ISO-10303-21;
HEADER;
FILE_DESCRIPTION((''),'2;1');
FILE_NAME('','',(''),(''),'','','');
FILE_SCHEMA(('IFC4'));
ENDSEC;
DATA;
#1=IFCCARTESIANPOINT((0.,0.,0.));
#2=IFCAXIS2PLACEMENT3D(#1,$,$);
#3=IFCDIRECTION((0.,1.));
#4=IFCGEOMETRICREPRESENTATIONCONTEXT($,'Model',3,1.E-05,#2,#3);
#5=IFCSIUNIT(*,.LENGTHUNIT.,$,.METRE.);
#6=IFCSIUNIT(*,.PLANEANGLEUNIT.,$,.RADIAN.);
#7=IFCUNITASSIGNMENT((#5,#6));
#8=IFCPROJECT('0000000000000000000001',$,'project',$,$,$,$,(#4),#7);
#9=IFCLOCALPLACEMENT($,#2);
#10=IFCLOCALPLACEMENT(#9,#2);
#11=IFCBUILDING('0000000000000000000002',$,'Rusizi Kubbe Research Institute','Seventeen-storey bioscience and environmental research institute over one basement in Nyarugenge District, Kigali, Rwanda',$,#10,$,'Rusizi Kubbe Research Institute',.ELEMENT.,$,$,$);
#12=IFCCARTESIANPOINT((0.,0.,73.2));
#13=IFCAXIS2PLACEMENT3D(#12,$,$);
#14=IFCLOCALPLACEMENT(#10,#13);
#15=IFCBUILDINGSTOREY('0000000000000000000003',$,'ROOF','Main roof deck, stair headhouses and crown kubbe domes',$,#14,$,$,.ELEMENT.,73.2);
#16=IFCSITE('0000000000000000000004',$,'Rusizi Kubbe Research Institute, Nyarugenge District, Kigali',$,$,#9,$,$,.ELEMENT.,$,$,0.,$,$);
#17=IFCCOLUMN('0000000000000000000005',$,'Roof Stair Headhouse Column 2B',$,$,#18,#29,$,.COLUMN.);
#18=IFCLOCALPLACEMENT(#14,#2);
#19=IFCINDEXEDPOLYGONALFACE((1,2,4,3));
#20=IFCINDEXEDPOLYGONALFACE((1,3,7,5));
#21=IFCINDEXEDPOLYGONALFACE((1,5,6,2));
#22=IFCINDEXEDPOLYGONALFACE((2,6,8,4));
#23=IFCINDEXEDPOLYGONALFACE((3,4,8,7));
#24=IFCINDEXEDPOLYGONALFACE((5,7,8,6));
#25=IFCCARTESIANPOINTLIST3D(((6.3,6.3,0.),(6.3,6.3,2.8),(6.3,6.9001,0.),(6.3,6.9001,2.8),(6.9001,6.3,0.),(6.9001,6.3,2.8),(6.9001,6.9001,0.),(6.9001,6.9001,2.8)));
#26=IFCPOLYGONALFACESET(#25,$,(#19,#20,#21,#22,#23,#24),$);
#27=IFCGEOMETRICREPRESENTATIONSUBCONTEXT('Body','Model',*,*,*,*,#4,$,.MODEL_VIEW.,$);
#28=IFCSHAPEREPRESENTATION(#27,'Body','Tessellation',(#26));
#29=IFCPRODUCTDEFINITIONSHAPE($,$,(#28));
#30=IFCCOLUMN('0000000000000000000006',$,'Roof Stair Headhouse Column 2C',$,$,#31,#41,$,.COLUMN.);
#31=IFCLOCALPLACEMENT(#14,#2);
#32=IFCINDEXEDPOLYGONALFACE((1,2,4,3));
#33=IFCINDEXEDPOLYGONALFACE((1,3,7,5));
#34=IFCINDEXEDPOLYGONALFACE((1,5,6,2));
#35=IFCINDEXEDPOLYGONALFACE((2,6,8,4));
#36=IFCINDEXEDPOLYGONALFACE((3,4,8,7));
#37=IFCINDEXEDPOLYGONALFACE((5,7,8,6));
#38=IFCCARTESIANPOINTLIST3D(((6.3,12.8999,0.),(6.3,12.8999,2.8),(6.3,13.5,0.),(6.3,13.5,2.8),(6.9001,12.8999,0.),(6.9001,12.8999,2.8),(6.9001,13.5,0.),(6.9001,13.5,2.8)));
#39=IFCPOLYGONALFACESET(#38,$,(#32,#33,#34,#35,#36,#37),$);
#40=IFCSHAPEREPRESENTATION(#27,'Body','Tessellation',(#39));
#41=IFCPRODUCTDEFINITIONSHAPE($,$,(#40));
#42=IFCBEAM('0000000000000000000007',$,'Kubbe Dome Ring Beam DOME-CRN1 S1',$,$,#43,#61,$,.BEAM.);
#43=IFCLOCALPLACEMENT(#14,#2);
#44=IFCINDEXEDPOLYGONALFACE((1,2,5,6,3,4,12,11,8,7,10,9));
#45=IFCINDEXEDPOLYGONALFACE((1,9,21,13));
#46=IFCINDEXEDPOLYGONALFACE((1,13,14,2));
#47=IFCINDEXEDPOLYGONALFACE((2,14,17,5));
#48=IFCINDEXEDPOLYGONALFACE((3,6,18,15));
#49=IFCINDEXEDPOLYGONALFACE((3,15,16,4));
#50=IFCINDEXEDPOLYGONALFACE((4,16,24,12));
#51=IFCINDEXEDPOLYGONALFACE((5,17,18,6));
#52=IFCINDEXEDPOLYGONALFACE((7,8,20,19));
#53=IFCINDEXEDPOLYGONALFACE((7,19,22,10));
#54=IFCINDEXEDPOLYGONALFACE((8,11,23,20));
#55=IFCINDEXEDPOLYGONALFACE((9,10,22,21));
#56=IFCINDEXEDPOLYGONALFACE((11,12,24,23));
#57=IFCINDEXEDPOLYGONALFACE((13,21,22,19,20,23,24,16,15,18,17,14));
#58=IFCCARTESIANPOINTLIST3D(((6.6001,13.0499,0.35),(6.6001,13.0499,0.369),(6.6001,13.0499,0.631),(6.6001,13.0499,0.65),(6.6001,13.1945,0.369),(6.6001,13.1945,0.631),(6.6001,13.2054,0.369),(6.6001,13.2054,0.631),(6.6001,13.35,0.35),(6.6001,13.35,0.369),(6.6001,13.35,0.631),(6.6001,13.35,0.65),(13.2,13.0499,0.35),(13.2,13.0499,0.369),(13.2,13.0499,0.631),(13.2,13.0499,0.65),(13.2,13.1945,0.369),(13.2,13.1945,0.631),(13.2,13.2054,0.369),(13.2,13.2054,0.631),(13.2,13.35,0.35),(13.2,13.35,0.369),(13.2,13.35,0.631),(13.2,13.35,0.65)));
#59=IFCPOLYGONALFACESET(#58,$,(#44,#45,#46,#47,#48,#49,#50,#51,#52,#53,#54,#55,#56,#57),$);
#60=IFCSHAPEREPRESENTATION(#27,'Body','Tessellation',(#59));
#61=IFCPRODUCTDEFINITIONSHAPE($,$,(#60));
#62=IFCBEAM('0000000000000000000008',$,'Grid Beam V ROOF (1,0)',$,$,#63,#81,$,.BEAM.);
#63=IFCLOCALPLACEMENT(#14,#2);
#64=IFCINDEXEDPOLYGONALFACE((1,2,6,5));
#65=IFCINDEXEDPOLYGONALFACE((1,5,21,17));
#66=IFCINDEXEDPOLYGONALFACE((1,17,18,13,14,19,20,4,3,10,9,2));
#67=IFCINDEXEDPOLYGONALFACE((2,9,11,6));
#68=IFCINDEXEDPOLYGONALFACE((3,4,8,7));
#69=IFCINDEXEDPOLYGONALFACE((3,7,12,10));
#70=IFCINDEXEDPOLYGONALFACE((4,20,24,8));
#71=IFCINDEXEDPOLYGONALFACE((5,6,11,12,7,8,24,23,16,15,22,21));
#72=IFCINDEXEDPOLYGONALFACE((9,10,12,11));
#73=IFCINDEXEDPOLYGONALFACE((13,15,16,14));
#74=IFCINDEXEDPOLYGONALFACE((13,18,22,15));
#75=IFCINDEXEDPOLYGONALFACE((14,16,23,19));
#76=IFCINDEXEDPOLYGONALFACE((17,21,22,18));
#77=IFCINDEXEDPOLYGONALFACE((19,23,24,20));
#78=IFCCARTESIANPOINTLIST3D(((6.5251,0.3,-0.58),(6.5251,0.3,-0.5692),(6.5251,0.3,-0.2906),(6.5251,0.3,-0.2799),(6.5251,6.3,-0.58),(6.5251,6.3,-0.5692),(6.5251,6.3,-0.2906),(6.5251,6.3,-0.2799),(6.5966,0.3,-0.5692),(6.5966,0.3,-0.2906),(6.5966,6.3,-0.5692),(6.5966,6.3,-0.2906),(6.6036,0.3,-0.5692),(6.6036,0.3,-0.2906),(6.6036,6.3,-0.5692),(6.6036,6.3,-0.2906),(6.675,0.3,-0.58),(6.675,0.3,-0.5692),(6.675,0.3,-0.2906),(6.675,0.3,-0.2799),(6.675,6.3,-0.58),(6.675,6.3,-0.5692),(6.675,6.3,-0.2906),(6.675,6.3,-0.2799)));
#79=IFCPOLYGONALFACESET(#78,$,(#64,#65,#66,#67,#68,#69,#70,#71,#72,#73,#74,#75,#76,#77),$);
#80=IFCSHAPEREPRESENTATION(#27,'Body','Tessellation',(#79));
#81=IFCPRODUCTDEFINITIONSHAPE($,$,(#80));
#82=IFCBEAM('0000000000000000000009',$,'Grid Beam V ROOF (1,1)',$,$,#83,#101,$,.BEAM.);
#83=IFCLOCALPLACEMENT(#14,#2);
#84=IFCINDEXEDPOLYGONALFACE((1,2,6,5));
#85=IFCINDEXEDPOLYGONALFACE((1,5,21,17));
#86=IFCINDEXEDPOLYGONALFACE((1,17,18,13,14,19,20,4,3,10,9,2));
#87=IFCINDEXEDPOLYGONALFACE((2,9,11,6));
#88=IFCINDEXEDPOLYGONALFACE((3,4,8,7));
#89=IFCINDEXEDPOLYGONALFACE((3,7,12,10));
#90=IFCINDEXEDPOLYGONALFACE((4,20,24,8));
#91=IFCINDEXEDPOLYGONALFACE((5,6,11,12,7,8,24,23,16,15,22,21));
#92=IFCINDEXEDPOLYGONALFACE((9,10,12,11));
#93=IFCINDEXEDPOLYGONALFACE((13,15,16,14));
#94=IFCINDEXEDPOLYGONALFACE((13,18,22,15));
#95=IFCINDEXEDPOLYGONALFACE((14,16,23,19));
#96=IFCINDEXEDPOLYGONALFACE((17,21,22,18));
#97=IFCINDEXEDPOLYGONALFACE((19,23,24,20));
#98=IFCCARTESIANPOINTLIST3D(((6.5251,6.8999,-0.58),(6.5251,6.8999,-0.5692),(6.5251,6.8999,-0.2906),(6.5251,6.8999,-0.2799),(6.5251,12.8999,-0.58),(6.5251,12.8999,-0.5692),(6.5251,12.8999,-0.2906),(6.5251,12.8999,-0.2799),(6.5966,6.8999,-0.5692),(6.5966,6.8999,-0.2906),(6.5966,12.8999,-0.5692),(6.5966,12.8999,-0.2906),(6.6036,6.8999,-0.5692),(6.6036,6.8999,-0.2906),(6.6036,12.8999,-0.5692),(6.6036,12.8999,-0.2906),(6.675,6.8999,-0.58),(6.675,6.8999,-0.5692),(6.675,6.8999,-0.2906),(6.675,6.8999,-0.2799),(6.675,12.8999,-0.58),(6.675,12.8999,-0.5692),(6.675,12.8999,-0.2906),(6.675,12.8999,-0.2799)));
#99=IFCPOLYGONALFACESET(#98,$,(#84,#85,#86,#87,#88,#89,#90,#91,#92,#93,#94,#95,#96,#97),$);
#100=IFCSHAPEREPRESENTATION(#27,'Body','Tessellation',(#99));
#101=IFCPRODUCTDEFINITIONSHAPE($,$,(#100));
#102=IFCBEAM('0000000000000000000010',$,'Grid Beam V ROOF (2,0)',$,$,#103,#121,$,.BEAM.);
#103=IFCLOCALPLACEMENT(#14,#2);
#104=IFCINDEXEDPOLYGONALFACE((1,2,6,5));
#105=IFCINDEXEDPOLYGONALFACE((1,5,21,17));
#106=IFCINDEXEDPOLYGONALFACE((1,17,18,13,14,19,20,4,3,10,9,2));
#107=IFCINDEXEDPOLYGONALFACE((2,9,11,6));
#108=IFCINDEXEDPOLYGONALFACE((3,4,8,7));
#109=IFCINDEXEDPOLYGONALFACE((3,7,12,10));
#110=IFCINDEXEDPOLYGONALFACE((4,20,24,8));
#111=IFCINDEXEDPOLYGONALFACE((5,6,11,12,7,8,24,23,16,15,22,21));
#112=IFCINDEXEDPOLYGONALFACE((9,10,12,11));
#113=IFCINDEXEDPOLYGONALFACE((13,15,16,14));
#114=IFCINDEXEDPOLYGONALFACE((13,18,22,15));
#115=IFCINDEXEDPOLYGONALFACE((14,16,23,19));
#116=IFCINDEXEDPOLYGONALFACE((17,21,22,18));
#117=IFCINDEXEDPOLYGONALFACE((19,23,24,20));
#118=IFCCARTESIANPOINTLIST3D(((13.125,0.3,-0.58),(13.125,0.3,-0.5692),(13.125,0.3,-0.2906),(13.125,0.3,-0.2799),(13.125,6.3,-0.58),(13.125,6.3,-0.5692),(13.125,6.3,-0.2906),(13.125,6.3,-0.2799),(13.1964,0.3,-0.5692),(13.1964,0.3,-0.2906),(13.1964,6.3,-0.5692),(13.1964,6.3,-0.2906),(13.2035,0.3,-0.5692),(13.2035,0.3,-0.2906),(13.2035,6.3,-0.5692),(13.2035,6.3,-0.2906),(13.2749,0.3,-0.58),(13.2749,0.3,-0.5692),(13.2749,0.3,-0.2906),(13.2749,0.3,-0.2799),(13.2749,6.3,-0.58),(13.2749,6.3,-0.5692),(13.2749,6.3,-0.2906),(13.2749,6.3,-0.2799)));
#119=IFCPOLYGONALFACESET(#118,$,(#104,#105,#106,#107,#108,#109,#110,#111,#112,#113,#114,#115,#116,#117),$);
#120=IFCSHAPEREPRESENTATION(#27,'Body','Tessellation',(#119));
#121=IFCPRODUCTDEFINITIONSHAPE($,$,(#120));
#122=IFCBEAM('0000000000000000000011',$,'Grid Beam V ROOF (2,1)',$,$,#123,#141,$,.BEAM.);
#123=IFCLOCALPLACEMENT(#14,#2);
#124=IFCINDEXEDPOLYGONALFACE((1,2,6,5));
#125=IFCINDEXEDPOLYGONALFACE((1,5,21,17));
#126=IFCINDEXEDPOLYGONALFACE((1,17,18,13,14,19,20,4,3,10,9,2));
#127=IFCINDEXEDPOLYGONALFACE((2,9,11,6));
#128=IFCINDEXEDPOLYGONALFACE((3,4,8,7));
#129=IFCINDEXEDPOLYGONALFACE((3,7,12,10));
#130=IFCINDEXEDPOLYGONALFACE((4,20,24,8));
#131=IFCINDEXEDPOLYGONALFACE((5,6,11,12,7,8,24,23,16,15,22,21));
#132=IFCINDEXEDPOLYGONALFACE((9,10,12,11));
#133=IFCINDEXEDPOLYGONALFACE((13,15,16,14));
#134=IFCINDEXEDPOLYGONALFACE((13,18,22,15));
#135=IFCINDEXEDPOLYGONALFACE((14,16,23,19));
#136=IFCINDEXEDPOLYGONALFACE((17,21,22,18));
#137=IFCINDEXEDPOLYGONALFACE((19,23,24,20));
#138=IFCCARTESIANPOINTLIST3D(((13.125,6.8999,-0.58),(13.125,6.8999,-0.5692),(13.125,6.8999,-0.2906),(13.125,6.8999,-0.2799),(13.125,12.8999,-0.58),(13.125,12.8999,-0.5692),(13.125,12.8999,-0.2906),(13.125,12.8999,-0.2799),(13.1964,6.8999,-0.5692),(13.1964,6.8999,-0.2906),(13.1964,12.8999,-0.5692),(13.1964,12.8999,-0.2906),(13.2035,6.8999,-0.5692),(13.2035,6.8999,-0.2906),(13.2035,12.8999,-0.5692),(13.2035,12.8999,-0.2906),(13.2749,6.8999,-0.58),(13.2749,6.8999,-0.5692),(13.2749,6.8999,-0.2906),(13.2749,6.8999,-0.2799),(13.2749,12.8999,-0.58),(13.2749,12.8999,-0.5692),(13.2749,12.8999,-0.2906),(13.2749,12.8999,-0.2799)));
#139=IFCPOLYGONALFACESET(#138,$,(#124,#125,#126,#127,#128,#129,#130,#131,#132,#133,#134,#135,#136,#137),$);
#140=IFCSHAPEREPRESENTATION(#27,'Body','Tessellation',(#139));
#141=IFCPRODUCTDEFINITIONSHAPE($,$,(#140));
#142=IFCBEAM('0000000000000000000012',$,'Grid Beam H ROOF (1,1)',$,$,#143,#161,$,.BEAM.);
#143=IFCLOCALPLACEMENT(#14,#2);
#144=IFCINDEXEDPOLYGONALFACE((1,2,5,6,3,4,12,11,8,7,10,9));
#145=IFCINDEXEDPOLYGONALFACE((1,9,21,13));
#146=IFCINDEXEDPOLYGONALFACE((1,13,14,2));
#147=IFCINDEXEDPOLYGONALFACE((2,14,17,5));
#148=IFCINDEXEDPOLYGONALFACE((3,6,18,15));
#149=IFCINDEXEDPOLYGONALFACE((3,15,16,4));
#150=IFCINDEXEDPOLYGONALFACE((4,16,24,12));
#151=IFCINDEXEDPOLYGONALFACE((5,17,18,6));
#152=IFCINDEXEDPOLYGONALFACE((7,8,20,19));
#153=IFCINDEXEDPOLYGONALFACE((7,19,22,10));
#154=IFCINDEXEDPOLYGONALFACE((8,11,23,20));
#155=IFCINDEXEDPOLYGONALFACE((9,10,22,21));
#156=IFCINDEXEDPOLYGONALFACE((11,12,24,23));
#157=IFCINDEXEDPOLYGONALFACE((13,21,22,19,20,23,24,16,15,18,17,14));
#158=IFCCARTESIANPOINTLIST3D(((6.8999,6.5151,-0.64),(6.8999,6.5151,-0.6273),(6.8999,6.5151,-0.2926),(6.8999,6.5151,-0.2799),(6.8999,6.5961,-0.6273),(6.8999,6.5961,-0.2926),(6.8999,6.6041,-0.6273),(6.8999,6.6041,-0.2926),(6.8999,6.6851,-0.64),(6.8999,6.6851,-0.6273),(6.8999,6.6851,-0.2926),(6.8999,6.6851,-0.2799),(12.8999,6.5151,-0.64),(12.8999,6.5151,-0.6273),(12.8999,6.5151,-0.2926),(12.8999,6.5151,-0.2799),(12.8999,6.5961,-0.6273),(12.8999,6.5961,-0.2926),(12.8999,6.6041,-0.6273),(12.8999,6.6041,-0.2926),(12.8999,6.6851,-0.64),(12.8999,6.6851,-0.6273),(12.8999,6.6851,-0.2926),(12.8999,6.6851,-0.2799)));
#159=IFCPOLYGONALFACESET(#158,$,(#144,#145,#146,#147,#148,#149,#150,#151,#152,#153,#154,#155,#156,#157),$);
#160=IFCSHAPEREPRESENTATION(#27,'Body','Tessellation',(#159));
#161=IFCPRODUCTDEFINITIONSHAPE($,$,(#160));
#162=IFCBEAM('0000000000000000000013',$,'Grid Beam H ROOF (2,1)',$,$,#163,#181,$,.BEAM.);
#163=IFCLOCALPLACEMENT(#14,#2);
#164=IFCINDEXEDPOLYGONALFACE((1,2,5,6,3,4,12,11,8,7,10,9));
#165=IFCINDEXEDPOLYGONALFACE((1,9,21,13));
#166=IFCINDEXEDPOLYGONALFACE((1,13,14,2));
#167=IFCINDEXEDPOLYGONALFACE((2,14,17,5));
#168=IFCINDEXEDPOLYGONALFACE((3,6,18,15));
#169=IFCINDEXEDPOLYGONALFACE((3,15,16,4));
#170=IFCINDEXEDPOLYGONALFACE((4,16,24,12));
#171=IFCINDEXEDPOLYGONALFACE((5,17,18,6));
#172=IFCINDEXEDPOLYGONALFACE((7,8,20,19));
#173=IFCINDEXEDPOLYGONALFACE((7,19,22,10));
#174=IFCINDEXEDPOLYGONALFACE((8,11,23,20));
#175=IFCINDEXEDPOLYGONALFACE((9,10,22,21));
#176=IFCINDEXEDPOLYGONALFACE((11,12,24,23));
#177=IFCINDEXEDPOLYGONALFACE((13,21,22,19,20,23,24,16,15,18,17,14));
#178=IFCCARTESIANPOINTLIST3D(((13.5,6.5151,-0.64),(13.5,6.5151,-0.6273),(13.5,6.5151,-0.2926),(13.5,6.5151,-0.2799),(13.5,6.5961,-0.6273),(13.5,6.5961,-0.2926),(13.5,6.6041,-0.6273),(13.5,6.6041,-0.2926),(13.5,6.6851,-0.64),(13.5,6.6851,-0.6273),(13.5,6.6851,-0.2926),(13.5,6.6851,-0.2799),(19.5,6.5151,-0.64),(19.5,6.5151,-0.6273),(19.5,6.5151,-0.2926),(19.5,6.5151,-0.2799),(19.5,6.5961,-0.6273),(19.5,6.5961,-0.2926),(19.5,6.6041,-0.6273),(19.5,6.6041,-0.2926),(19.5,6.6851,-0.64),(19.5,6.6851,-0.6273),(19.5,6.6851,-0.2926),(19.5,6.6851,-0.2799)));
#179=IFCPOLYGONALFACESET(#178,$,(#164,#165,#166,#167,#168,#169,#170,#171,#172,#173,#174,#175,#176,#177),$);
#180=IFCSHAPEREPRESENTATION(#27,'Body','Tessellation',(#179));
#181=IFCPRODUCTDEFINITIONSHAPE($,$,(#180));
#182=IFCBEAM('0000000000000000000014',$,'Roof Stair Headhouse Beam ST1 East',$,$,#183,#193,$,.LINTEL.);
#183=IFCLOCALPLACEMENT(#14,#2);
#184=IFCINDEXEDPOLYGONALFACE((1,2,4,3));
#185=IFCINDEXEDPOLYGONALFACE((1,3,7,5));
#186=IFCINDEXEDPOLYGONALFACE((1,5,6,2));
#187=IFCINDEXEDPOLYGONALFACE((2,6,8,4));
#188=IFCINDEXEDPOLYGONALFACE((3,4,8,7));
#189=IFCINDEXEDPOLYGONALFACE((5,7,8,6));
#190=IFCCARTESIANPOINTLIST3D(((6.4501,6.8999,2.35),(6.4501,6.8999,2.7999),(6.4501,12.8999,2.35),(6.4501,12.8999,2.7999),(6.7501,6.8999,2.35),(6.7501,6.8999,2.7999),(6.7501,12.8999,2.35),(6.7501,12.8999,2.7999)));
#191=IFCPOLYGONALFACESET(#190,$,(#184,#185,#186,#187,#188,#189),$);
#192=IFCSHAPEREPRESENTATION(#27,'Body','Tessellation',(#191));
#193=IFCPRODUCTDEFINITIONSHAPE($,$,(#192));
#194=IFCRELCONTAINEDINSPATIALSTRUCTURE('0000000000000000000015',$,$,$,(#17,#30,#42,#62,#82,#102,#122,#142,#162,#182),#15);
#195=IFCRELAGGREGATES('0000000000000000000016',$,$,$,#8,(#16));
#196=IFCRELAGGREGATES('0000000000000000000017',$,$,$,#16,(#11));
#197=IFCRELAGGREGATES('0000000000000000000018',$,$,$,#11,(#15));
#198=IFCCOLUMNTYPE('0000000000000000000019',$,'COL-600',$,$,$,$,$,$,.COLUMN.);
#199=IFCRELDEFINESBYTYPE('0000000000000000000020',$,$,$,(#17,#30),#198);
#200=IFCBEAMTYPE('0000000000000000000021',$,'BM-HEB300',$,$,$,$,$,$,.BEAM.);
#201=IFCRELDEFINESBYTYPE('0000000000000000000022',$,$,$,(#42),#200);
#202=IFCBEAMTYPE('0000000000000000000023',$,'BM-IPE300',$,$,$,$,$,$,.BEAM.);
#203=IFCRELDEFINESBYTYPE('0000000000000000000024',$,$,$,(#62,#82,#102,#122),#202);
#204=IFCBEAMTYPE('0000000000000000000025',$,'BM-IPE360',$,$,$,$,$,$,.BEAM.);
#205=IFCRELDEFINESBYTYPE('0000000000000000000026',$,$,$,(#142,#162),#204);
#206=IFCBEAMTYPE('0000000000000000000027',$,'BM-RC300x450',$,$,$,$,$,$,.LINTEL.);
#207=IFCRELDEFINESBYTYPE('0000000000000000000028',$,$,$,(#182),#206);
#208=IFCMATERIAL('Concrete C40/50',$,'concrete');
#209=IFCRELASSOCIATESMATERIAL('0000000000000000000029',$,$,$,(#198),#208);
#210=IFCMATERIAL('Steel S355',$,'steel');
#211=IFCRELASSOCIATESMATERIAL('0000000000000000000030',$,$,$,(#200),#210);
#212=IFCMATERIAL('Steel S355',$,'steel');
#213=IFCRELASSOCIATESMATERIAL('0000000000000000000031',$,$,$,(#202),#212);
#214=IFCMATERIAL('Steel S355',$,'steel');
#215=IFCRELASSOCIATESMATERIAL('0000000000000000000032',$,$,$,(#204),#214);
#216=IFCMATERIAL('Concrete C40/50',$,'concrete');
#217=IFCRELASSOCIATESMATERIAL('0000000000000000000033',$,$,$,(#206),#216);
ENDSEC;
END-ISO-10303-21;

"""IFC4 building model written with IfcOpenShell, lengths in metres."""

from ifc_helpers import new_model, si_unit, direction, frame, origin, origin_2d, place, context, subcontext, project, spatial, rectangle, i_section, extrude, material, material_profile, profile_set, type_object, element, save


model = new_model("IFC4")

# Units and contexts
model_context = context("Model", 3, precision=1e-05, world=origin(), true_north=direction((0.0, 1.0)))
body_context = subcontext(model_context, "Body", "Model", "MODEL_VIEW")
ifc_project = project(units=[si_unit("LENGTHUNIT", "METRE"), si_unit("PLANEANGLEUNIT", "RADIAN")], contexts=[model_context])

# Site, building, storey
site_placement = place(None, origin())
site = spatial("IfcSite", under=ifc_project, at=site_placement, Name="Rusizi Kubbe Research Institute, Nyarugenge District, Kigali", CompositionType="ELEMENT", RefElevation=0.0)
building_placement = place(site_placement, origin())
building = spatial("IfcBuilding", under=site, at=building_placement, Name="Rusizi Kubbe Research Institute", Description="Seventeen-storey bioscience and environmental research institute over one basement in Nyarugenge District, Kigali, Rwanda", LongName="Rusizi Kubbe Research Institute", CompositionType="ELEMENT")
storey_placement = place(building_placement, frame((0.0, 0.0, 73.2)))
storey = spatial("IfcBuildingStorey", under=building, at=storey_placement, Name="ROOF", Description="Main roof deck, stair headhouses and crown kubbe domes", CompositionType="ELEMENT", Elevation=73.2)

# Columns
ifc_material_1 = material(Name="Concrete C40/50", Category="concrete")
ifc_material_profile_1 = material_profile(ifc_material_1, rectangle(XDim=0.6001, YDim=0.6001, at=origin_2d()), Name="RC600x600")
ifc_profile_set_1 = profile_set([ifc_material_profile_1], Name="Concrete C40/50")
column_type = type_object("IfcColumnType", Name="COL-600", PredefinedType="COLUMN", material=ifc_profile_set_1)
for number, where, z_axis, x_axis, name in (
    (1, (6.6001, 6.6001, 0.0), (0.0, 0.0, 1.0), (1.0, 0.0, 0.0), "Roof Stair Headhouse Column 2B"),
    (2, (6.6001, 13.2, 0.0), (0.0, 0.0, 1.0), (1.0, 0.0, 0.0), "Roof Stair Headhouse Column 2C"),
):
    element("IfcColumn", number, at=place(storey_placement, frame(where, z_axis=z_axis, x_axis=x_axis)), inside=storey, type_object=column_type, Name=name, PredefinedType="COLUMN", context=body_context, shape_type="SweptSolid", body=[
        extrude(rectangle(XDim=0.6001, YDim=0.6001, at=origin_2d()), origin(), (0.0, 0.0, 1.0), 2.8),
    ])

# Beams
ifc_material_2 = material(Name="Steel S355", Category="steel")
ifc_material_profile_2 = material_profile(ifc_material_2, i_section(OverallWidth=0.3, OverallDepth=0.3, WebThickness=0.011, FlangeThickness=0.019, at=origin_2d()), Name="HEB 300")
ifc_profile_set_2 = profile_set([ifc_material_profile_2], Name="Steel S355")
beam_type_1 = type_object("IfcBeamType", Name="BM-HEB300", PredefinedType="BEAM", material=ifc_profile_set_2)
beam_1_placement = place(storey_placement, frame((6.6001, 13.2, 0.5), z_axis=(1.0, 0.0, 0.0), x_axis=(0.0, 1.0, 0.0)))
element("IfcBeam", 3, at=beam_1_placement, inside=storey, type_object=beam_type_1, Name="Kubbe Dome Ring Beam DOME-CRN1 S1", PredefinedType="BEAM", context=body_context, shape_type="SweptSolid", body=[
    extrude(i_section(OverallWidth=0.3, OverallDepth=0.3, WebThickness=0.011, FlangeThickness=0.019, at=origin_2d()), origin(), (0.0, 0.0, 1.0), 6.5999),
])
ifc_material_3 = material(Name="Steel S355", Category="steel")
ifc_material_profile_3 = material_profile(ifc_material_3, i_section(OverallWidth=0.1499, OverallDepth=0.3, WebThickness=0.0071, FlangeThickness=0.0107, at=origin_2d()), Name="IPE 300")
ifc_profile_set_3 = profile_set([ifc_material_profile_3], Name="Steel S355")
beam_type_2 = type_object("IfcBeamType", Name="BM-IPE300", PredefinedType="BEAM", material=ifc_profile_set_3)
for number, where, z_axis, x_axis, name in (
    (4, (6.6001, 0.3, -0.4299), (0.0, 1.0, 0.0), (-1.0, 0.0, 0.0), "Grid Beam V ROOF (1,0)"),
    (5, (6.6001, 6.8999, -0.4299), (0.0, 1.0, 0.0), (-1.0, 0.0, 0.0), "Grid Beam V ROOF (1,1)"),
    (6, (13.2, 0.3, -0.4299), (0.0, 1.0, 0.0), (-1.0, 0.0, 0.0), "Grid Beam V ROOF (2,0)"),
    (7, (13.2, 6.8999, -0.4299), (0.0, 1.0, 0.0), (-1.0, 0.0, 0.0), "Grid Beam V ROOF (2,1)"),
):
    element("IfcBeam", number, at=place(storey_placement, frame(where, z_axis=z_axis, x_axis=x_axis)), inside=storey, type_object=beam_type_2, Name=name, PredefinedType="BEAM", context=body_context, shape_type="SweptSolid", body=[
        extrude(i_section(OverallWidth=0.1499, OverallDepth=0.3, WebThickness=0.0071, FlangeThickness=0.0107, at=origin_2d()), origin(), (0.0, 0.0, 1.0), 6.0),
    ])
ifc_material_4 = material(Name="Steel S355", Category="steel")
ifc_material_profile_4 = material_profile(ifc_material_4, i_section(OverallWidth=0.1699, OverallDepth=0.3601, WebThickness=0.0081, FlangeThickness=0.0127, at=origin_2d()), Name="IPE 360")
ifc_profile_set_4 = profile_set([ifc_material_profile_4], Name="Steel S355")
beam_type_3 = type_object("IfcBeamType", Name="BM-IPE360", PredefinedType="BEAM", material=ifc_profile_set_4)
for number, where, z_axis, x_axis, name in (
    (8, (6.8999, 6.6001, -0.46), (1.0, 0.0, 0.0), (0.0, 1.0, 0.0), "Grid Beam H ROOF (1,1)"),
    (9, (13.5, 6.6001, -0.46), (1.0, 0.0, 0.0), (0.0, 1.0, 0.0), "Grid Beam H ROOF (2,1)"),
):
    element("IfcBeam", number, at=place(storey_placement, frame(where, z_axis=z_axis, x_axis=x_axis)), inside=storey, type_object=beam_type_3, Name=name, PredefinedType="BEAM", context=body_context, shape_type="SweptSolid", body=[
        extrude(i_section(OverallWidth=0.1699, OverallDepth=0.3601, WebThickness=0.0081, FlangeThickness=0.0127, at=origin_2d()), origin(), (0.0, 0.0, 1.0), 6.0),
    ])
ifc_material_5 = material(Name="Concrete C40/50", Category="concrete")
ifc_material_profile_5 = material_profile(ifc_material_5, rectangle(XDim=0.3, YDim=0.45, at=origin_2d()), Name="RC300x450")
ifc_profile_set_5 = profile_set([ifc_material_profile_5], Name="Concrete C40/50")
beam_type_4 = type_object("IfcBeamType", Name="BM-RC300x450", PredefinedType="LINTEL", material=ifc_profile_set_5)
beam_2_placement = place(storey_placement, frame((6.6001, 6.8999, 2.575), z_axis=(0.0, 1.0, 0.0), x_axis=(-1.0, 0.0, 0.0)))
element("IfcBeam", 10, at=beam_2_placement, inside=storey, type_object=beam_type_4, Name="Roof Stair Headhouse Beam ST1 East", PredefinedType="LINTEL", context=body_context, shape_type="SweptSolid", body=[
    extrude(rectangle(XDim=0.3, YDim=0.45, at=origin_2d()), origin(), (0.0, 0.0, 1.0), 6.0),
])

save(model, "model.ifc")
